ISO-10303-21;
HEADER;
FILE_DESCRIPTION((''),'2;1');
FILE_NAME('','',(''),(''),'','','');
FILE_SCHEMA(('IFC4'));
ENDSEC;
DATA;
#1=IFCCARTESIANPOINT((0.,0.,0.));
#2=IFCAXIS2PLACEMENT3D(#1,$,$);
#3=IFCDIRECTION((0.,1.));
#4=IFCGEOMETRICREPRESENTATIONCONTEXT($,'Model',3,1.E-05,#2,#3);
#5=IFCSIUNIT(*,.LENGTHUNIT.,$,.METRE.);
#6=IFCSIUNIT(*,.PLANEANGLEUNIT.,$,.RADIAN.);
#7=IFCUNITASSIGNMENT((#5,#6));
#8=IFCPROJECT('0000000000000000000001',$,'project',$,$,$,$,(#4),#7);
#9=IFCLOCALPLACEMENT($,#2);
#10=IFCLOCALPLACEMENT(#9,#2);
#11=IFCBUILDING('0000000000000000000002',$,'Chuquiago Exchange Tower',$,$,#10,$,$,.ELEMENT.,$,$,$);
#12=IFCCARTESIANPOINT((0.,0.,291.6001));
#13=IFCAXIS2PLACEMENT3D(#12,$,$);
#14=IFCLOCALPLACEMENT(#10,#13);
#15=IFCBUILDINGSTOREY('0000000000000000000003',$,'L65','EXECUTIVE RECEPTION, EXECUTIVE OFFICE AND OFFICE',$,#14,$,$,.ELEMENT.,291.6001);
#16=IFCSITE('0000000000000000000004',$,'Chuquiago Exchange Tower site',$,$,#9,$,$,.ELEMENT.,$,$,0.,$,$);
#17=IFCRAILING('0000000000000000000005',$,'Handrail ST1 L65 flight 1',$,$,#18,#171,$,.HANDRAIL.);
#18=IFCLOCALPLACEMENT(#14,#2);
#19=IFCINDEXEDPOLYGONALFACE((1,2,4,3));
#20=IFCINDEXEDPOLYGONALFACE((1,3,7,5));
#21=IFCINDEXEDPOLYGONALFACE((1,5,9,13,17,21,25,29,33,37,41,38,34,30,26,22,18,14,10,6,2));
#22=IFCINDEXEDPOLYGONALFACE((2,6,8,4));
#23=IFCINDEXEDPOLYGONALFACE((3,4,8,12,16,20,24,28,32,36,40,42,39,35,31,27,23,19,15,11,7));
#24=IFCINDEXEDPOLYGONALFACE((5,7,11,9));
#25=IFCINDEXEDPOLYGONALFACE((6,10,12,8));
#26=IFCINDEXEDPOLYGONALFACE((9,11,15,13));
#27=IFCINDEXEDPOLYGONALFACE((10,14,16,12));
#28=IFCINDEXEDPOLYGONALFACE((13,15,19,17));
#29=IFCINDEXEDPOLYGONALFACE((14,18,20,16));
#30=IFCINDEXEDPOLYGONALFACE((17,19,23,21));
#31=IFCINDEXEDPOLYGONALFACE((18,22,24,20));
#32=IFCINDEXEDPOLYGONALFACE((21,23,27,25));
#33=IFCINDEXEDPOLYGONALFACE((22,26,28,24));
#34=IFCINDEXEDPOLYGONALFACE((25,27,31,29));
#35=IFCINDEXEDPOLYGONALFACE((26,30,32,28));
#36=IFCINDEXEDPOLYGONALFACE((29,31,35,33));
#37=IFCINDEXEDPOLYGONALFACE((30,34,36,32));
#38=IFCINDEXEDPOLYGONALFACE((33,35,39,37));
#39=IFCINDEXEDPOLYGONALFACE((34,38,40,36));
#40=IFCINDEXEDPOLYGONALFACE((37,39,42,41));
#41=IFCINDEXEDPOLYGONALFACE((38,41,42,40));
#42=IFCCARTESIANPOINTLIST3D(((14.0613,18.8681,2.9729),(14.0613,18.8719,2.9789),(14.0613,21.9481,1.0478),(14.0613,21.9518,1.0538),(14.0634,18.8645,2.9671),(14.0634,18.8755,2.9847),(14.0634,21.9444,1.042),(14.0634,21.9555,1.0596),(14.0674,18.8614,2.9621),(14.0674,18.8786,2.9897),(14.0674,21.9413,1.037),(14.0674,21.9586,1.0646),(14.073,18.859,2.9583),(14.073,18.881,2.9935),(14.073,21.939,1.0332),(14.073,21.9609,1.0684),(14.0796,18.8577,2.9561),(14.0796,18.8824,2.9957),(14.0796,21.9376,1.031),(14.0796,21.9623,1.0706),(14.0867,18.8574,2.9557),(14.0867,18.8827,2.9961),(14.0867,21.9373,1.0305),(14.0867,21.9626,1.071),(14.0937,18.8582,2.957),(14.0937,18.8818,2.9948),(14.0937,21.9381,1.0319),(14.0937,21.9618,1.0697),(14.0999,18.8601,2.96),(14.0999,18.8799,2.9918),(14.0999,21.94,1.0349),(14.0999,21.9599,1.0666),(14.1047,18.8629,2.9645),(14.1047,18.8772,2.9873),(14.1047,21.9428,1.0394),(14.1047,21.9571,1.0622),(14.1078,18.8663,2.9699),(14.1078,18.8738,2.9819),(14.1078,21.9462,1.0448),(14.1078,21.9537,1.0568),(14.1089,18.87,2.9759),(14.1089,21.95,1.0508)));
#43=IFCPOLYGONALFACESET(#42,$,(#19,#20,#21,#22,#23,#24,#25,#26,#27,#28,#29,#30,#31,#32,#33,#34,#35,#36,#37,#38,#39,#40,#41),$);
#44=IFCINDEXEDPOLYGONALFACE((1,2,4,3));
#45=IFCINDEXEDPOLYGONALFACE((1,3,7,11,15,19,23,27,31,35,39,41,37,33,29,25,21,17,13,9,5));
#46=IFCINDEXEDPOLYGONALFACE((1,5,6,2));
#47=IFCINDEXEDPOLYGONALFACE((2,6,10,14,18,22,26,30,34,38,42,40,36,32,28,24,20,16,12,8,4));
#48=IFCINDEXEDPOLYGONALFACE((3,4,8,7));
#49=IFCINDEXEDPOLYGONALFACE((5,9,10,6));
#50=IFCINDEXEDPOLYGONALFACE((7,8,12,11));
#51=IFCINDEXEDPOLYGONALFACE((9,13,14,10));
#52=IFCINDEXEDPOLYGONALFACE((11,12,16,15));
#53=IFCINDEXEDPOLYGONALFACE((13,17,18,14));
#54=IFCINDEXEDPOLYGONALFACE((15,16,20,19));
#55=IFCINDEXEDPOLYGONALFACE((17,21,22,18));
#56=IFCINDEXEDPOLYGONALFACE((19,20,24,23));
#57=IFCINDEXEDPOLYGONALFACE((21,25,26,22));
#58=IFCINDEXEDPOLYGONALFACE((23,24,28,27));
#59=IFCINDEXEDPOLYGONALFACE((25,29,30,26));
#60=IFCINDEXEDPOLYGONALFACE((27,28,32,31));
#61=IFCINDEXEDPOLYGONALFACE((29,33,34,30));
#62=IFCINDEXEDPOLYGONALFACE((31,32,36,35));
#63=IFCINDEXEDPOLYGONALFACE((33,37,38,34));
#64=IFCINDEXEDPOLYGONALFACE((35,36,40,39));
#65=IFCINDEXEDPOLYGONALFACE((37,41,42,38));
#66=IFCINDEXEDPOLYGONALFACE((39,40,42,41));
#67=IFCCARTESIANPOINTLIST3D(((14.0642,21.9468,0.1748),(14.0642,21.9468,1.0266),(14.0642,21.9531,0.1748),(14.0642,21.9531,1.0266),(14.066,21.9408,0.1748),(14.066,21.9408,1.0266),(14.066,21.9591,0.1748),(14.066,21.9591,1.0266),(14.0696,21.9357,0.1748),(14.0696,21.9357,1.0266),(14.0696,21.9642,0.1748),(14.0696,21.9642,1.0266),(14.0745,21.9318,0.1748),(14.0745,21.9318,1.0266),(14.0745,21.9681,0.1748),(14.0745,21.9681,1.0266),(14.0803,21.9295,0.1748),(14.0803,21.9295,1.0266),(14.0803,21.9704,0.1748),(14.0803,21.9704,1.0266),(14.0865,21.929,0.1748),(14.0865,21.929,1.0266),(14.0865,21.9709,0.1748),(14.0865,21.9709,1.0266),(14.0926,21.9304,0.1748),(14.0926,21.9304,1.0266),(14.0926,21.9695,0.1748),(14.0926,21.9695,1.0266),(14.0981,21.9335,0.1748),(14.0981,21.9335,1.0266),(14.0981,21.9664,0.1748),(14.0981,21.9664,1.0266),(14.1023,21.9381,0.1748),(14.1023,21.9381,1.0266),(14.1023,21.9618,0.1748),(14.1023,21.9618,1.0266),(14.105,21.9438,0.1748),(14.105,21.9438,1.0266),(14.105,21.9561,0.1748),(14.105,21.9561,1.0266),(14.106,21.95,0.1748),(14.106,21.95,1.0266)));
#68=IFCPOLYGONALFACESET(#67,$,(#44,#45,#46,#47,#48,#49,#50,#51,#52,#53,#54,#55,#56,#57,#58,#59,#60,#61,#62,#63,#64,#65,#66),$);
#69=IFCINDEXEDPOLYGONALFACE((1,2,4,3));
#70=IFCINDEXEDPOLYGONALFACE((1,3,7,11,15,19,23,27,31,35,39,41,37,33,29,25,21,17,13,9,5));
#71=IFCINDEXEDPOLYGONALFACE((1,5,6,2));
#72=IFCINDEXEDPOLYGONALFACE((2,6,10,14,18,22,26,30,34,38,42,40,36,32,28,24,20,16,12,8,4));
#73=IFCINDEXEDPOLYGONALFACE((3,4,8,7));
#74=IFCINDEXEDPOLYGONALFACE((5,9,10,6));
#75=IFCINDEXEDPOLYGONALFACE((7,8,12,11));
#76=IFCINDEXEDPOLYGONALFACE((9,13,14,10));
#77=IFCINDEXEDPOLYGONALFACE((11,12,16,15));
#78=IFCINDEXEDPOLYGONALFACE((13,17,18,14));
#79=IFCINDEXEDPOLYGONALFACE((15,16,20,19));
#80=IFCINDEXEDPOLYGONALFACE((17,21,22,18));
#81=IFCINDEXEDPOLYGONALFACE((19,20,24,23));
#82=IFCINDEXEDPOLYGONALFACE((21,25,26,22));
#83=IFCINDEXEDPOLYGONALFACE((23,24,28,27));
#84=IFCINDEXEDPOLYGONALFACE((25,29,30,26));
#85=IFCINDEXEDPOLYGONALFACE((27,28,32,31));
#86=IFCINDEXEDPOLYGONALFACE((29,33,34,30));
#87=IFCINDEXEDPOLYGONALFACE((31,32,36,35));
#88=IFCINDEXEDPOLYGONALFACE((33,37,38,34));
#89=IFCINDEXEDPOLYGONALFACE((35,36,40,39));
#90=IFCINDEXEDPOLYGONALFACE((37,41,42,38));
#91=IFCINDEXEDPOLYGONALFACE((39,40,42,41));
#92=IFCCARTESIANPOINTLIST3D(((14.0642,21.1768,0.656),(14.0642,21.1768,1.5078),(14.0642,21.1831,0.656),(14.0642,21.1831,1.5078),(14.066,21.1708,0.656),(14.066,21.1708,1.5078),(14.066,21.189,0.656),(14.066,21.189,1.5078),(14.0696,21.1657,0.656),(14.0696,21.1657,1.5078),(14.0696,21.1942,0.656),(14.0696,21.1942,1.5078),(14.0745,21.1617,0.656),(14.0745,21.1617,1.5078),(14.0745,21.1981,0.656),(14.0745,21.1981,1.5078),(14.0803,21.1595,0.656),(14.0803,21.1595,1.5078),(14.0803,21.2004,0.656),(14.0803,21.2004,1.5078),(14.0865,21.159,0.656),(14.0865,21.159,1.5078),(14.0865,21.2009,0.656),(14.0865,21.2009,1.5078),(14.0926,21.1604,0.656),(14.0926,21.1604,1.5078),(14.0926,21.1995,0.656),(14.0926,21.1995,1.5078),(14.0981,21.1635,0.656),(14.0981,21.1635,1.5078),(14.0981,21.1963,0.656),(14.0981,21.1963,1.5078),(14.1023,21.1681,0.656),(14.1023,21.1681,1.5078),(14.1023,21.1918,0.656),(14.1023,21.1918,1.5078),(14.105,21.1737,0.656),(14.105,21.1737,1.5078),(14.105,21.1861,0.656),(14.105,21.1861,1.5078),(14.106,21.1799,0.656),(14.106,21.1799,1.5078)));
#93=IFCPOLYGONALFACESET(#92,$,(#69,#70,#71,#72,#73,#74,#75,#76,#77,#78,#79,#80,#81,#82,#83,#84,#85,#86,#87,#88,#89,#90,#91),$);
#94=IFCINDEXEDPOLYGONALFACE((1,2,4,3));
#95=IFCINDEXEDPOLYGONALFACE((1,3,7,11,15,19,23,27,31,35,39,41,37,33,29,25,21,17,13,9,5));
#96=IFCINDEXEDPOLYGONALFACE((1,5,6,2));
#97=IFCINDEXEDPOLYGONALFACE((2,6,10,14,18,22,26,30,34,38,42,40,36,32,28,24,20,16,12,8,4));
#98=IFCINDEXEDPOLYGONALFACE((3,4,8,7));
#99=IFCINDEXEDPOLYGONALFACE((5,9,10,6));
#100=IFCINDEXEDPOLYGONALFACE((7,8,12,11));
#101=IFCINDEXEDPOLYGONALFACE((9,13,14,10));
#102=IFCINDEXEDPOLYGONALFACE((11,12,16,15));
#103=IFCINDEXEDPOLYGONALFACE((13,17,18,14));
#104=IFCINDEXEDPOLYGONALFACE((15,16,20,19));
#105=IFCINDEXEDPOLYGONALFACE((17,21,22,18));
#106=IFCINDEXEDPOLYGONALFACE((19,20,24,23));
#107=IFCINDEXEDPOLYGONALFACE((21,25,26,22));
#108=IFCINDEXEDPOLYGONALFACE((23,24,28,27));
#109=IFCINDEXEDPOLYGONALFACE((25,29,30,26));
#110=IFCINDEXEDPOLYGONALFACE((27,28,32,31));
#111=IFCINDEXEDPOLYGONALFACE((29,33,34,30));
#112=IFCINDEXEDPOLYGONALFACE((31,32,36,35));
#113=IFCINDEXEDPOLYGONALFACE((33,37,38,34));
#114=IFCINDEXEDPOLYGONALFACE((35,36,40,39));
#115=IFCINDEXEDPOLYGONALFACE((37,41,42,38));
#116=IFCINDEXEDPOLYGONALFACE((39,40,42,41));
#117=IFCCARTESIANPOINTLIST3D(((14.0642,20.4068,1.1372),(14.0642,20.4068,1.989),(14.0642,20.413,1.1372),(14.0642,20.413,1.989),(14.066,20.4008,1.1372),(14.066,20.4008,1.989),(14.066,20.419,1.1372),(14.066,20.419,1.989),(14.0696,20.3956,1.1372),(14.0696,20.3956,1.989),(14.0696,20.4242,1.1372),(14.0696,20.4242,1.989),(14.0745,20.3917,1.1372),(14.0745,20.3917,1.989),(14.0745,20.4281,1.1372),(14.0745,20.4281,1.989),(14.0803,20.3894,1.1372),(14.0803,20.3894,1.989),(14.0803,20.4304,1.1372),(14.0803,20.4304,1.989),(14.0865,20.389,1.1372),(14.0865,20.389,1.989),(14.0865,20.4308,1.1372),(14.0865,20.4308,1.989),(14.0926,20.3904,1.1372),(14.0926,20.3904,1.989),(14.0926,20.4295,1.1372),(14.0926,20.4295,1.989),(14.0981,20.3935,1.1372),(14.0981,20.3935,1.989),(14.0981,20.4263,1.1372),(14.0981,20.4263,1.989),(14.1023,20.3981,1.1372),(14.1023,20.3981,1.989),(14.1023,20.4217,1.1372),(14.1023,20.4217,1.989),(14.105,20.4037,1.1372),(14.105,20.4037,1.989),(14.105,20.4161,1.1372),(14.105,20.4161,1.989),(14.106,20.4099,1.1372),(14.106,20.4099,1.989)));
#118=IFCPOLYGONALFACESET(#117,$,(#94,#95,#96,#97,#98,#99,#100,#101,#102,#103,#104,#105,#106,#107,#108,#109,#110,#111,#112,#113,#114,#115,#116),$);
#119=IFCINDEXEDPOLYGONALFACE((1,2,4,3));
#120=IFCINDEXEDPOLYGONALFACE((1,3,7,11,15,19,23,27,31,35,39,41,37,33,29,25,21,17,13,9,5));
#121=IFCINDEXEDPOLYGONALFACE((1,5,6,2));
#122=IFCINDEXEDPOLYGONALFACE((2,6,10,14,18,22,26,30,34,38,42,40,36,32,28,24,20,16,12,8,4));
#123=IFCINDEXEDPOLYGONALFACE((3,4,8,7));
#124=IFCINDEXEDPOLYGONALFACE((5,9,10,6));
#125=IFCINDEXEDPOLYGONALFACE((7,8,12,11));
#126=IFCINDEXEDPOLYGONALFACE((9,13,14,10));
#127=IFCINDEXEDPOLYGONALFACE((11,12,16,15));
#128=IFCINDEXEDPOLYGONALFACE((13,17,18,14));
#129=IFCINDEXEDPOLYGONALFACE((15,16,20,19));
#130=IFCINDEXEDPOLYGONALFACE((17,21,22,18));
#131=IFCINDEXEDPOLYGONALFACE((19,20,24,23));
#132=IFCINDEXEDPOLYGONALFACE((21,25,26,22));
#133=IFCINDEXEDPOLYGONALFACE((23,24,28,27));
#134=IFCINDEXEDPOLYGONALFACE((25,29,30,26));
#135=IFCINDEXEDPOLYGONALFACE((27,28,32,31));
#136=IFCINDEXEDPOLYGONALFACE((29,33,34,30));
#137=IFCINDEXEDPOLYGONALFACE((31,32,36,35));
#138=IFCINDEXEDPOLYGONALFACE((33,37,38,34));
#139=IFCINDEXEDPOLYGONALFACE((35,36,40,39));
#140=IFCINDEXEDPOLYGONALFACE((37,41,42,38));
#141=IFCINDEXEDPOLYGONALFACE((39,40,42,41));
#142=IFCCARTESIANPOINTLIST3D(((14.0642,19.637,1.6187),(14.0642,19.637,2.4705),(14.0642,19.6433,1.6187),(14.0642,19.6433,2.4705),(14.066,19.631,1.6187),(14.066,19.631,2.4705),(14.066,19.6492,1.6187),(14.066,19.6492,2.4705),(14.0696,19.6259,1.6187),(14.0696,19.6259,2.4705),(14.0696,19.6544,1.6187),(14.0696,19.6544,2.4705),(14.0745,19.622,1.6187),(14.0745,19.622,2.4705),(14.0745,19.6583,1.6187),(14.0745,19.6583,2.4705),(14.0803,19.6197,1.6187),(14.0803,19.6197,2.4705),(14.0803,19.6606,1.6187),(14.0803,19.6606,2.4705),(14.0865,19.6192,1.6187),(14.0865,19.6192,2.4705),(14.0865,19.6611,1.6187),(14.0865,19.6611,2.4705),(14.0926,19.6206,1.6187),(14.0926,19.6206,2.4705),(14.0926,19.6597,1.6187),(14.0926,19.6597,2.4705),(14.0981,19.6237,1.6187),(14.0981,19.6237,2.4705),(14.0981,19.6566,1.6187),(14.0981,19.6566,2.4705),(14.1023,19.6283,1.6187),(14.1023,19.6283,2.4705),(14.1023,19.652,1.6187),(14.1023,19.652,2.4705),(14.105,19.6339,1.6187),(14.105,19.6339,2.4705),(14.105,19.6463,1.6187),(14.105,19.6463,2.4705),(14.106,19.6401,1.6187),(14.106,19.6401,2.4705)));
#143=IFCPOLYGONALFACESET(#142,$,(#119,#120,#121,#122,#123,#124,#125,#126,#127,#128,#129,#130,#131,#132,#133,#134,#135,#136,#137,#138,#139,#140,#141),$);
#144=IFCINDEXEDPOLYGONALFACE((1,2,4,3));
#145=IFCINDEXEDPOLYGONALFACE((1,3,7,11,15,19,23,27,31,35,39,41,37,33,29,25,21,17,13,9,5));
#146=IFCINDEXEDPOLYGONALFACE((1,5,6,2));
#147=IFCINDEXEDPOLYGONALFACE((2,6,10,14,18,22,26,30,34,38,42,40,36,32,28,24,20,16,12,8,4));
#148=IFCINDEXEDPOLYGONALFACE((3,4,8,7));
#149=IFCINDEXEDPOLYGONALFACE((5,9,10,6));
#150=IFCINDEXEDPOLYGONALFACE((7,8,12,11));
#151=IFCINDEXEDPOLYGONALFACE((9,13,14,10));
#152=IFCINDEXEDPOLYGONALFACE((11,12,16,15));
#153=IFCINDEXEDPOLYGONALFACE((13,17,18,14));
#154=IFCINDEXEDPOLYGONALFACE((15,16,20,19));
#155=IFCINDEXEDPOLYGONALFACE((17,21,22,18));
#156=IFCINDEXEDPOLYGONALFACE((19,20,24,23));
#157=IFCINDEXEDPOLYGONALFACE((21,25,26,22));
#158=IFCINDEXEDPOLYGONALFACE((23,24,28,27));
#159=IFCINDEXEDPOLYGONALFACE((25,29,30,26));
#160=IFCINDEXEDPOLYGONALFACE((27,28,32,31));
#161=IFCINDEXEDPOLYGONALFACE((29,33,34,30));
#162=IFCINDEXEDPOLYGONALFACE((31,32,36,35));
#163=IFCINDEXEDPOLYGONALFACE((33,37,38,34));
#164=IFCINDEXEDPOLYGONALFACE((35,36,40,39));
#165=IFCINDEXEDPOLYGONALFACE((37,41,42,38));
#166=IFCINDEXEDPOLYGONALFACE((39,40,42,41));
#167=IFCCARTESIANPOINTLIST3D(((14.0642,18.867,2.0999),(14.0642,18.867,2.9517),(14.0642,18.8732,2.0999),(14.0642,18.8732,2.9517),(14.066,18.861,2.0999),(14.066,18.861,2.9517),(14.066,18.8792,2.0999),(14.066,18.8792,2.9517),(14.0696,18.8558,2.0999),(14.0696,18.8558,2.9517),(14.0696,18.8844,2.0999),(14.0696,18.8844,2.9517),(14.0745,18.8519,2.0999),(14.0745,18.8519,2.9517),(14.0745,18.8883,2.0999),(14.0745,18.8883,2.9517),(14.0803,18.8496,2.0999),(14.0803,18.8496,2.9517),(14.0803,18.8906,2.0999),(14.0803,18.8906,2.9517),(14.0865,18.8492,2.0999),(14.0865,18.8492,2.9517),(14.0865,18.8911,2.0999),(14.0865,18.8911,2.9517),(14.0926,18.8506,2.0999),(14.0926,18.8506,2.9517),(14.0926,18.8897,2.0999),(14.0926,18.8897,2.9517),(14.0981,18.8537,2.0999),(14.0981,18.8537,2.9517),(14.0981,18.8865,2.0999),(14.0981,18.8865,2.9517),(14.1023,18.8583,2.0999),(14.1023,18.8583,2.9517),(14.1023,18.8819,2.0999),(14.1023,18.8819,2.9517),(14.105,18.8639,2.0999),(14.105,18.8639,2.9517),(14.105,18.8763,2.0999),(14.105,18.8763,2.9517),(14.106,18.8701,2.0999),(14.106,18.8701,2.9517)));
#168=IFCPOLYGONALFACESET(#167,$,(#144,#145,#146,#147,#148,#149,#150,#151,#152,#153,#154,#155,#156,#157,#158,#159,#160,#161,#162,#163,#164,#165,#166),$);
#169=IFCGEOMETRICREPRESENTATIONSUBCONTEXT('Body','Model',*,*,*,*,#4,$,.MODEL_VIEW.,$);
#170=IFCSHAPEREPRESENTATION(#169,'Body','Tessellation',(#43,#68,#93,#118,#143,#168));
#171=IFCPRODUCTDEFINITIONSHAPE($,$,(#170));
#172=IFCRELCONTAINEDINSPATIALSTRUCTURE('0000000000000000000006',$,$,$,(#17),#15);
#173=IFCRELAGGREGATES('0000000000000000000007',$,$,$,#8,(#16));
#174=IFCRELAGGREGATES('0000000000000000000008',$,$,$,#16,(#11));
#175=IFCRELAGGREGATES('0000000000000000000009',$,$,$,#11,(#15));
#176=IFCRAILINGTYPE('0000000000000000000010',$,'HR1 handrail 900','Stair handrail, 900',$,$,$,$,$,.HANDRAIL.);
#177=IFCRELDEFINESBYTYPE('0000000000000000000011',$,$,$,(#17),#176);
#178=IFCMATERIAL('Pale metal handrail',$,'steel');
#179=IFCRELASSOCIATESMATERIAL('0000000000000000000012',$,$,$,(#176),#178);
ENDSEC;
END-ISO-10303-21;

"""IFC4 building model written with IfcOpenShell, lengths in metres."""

from ifc_helpers import new_model, si_unit, direction, frame, origin, origin_2d, place, context, subcontext, project, spatial, circle, extrude, material, type_object, element, save


model = new_model("IFC4")

# Units and contexts
model_context = context("Model", 3, precision=1e-05, world=origin(), true_north=direction((0.0, 1.0)))
body_context = subcontext(model_context, "Body", "Model", "MODEL_VIEW")
ifc_project = project(units=[si_unit("LENGTHUNIT", "METRE"), si_unit("PLANEANGLEUNIT", "RADIAN")], contexts=[model_context])

# Site, building, storey
site_placement = place(None, origin())
site = spatial("IfcSite", under=ifc_project, at=site_placement, Name="Chuquiago Exchange Tower site", CompositionType="ELEMENT", RefElevation=0.0)
building_placement = place(site_placement, origin())
building = spatial("IfcBuilding", under=site, at=building_placement, Name="Chuquiago Exchange Tower", CompositionType="ELEMENT")
storey_placement = place(building_placement, frame((0.0, 0.0, 291.6001)))
storey = spatial("IfcBuildingStorey", under=building, at=storey_placement, Name="L65", Description="EXECUTIVE RECEPTION, EXECUTIVE OFFICE AND OFFICE", CompositionType="ELEMENT", Elevation=291.6001)

# Railing
ifc_material_1 = material(Name="Pale metal handrail", Category="steel")
railing_type_1 = type_object("IfcRailingType", Name="HR1 handrail 900", Description="Stair handrail, 900", PredefinedType="HANDRAIL", material=ifc_material_1)
for number, where, name in (
    (1, (14.085, 21.95, 0.1748), "Handrail ST1 L65 flight 1"),
):
    element("IfcRailing", number, at=place(storey_placement, frame(where)), inside=storey, type_object=railing_type_1, Name=name, PredefinedType="HANDRAIL", context=body_context, shape_type="SweptSolid", body=[
        extrude(circle(Radius=0.0239, at=origin_2d()), frame((0.0, 0.0, 0.876), z_axis=(0.0, -0.847979, 0.530029), x_axis=(1.0, 0.0, 0.0)), (0.0, 0.0, 1.0), 3.6321),
        extrude(circle(Radius=0.021, at=origin_2d()), origin(), (0.0, 0.0, 1.0), 0.8518),
        extrude(circle(Radius=0.021, at=origin_2d()), frame((0.0, -0.77, 0.4812)), (0.0, 0.0, 1.0), 0.8518),
        extrude(circle(Radius=0.021, at=origin_2d()), frame((0.0, -1.54, 0.9624)), (0.0, 0.0, 1.0), 0.8518),
        extrude(circle(Radius=0.021, at=origin_2d()), frame((0.0, -2.3098, 1.4438)), (0.0, 0.0, 1.0), 0.8518),
        extrude(circle(Radius=0.021, at=origin_2d()), frame((0.0, -3.0798, 1.925)), (0.0, 0.0, 1.0), 0.8518),
    ])

save(model, "model.ifc")
